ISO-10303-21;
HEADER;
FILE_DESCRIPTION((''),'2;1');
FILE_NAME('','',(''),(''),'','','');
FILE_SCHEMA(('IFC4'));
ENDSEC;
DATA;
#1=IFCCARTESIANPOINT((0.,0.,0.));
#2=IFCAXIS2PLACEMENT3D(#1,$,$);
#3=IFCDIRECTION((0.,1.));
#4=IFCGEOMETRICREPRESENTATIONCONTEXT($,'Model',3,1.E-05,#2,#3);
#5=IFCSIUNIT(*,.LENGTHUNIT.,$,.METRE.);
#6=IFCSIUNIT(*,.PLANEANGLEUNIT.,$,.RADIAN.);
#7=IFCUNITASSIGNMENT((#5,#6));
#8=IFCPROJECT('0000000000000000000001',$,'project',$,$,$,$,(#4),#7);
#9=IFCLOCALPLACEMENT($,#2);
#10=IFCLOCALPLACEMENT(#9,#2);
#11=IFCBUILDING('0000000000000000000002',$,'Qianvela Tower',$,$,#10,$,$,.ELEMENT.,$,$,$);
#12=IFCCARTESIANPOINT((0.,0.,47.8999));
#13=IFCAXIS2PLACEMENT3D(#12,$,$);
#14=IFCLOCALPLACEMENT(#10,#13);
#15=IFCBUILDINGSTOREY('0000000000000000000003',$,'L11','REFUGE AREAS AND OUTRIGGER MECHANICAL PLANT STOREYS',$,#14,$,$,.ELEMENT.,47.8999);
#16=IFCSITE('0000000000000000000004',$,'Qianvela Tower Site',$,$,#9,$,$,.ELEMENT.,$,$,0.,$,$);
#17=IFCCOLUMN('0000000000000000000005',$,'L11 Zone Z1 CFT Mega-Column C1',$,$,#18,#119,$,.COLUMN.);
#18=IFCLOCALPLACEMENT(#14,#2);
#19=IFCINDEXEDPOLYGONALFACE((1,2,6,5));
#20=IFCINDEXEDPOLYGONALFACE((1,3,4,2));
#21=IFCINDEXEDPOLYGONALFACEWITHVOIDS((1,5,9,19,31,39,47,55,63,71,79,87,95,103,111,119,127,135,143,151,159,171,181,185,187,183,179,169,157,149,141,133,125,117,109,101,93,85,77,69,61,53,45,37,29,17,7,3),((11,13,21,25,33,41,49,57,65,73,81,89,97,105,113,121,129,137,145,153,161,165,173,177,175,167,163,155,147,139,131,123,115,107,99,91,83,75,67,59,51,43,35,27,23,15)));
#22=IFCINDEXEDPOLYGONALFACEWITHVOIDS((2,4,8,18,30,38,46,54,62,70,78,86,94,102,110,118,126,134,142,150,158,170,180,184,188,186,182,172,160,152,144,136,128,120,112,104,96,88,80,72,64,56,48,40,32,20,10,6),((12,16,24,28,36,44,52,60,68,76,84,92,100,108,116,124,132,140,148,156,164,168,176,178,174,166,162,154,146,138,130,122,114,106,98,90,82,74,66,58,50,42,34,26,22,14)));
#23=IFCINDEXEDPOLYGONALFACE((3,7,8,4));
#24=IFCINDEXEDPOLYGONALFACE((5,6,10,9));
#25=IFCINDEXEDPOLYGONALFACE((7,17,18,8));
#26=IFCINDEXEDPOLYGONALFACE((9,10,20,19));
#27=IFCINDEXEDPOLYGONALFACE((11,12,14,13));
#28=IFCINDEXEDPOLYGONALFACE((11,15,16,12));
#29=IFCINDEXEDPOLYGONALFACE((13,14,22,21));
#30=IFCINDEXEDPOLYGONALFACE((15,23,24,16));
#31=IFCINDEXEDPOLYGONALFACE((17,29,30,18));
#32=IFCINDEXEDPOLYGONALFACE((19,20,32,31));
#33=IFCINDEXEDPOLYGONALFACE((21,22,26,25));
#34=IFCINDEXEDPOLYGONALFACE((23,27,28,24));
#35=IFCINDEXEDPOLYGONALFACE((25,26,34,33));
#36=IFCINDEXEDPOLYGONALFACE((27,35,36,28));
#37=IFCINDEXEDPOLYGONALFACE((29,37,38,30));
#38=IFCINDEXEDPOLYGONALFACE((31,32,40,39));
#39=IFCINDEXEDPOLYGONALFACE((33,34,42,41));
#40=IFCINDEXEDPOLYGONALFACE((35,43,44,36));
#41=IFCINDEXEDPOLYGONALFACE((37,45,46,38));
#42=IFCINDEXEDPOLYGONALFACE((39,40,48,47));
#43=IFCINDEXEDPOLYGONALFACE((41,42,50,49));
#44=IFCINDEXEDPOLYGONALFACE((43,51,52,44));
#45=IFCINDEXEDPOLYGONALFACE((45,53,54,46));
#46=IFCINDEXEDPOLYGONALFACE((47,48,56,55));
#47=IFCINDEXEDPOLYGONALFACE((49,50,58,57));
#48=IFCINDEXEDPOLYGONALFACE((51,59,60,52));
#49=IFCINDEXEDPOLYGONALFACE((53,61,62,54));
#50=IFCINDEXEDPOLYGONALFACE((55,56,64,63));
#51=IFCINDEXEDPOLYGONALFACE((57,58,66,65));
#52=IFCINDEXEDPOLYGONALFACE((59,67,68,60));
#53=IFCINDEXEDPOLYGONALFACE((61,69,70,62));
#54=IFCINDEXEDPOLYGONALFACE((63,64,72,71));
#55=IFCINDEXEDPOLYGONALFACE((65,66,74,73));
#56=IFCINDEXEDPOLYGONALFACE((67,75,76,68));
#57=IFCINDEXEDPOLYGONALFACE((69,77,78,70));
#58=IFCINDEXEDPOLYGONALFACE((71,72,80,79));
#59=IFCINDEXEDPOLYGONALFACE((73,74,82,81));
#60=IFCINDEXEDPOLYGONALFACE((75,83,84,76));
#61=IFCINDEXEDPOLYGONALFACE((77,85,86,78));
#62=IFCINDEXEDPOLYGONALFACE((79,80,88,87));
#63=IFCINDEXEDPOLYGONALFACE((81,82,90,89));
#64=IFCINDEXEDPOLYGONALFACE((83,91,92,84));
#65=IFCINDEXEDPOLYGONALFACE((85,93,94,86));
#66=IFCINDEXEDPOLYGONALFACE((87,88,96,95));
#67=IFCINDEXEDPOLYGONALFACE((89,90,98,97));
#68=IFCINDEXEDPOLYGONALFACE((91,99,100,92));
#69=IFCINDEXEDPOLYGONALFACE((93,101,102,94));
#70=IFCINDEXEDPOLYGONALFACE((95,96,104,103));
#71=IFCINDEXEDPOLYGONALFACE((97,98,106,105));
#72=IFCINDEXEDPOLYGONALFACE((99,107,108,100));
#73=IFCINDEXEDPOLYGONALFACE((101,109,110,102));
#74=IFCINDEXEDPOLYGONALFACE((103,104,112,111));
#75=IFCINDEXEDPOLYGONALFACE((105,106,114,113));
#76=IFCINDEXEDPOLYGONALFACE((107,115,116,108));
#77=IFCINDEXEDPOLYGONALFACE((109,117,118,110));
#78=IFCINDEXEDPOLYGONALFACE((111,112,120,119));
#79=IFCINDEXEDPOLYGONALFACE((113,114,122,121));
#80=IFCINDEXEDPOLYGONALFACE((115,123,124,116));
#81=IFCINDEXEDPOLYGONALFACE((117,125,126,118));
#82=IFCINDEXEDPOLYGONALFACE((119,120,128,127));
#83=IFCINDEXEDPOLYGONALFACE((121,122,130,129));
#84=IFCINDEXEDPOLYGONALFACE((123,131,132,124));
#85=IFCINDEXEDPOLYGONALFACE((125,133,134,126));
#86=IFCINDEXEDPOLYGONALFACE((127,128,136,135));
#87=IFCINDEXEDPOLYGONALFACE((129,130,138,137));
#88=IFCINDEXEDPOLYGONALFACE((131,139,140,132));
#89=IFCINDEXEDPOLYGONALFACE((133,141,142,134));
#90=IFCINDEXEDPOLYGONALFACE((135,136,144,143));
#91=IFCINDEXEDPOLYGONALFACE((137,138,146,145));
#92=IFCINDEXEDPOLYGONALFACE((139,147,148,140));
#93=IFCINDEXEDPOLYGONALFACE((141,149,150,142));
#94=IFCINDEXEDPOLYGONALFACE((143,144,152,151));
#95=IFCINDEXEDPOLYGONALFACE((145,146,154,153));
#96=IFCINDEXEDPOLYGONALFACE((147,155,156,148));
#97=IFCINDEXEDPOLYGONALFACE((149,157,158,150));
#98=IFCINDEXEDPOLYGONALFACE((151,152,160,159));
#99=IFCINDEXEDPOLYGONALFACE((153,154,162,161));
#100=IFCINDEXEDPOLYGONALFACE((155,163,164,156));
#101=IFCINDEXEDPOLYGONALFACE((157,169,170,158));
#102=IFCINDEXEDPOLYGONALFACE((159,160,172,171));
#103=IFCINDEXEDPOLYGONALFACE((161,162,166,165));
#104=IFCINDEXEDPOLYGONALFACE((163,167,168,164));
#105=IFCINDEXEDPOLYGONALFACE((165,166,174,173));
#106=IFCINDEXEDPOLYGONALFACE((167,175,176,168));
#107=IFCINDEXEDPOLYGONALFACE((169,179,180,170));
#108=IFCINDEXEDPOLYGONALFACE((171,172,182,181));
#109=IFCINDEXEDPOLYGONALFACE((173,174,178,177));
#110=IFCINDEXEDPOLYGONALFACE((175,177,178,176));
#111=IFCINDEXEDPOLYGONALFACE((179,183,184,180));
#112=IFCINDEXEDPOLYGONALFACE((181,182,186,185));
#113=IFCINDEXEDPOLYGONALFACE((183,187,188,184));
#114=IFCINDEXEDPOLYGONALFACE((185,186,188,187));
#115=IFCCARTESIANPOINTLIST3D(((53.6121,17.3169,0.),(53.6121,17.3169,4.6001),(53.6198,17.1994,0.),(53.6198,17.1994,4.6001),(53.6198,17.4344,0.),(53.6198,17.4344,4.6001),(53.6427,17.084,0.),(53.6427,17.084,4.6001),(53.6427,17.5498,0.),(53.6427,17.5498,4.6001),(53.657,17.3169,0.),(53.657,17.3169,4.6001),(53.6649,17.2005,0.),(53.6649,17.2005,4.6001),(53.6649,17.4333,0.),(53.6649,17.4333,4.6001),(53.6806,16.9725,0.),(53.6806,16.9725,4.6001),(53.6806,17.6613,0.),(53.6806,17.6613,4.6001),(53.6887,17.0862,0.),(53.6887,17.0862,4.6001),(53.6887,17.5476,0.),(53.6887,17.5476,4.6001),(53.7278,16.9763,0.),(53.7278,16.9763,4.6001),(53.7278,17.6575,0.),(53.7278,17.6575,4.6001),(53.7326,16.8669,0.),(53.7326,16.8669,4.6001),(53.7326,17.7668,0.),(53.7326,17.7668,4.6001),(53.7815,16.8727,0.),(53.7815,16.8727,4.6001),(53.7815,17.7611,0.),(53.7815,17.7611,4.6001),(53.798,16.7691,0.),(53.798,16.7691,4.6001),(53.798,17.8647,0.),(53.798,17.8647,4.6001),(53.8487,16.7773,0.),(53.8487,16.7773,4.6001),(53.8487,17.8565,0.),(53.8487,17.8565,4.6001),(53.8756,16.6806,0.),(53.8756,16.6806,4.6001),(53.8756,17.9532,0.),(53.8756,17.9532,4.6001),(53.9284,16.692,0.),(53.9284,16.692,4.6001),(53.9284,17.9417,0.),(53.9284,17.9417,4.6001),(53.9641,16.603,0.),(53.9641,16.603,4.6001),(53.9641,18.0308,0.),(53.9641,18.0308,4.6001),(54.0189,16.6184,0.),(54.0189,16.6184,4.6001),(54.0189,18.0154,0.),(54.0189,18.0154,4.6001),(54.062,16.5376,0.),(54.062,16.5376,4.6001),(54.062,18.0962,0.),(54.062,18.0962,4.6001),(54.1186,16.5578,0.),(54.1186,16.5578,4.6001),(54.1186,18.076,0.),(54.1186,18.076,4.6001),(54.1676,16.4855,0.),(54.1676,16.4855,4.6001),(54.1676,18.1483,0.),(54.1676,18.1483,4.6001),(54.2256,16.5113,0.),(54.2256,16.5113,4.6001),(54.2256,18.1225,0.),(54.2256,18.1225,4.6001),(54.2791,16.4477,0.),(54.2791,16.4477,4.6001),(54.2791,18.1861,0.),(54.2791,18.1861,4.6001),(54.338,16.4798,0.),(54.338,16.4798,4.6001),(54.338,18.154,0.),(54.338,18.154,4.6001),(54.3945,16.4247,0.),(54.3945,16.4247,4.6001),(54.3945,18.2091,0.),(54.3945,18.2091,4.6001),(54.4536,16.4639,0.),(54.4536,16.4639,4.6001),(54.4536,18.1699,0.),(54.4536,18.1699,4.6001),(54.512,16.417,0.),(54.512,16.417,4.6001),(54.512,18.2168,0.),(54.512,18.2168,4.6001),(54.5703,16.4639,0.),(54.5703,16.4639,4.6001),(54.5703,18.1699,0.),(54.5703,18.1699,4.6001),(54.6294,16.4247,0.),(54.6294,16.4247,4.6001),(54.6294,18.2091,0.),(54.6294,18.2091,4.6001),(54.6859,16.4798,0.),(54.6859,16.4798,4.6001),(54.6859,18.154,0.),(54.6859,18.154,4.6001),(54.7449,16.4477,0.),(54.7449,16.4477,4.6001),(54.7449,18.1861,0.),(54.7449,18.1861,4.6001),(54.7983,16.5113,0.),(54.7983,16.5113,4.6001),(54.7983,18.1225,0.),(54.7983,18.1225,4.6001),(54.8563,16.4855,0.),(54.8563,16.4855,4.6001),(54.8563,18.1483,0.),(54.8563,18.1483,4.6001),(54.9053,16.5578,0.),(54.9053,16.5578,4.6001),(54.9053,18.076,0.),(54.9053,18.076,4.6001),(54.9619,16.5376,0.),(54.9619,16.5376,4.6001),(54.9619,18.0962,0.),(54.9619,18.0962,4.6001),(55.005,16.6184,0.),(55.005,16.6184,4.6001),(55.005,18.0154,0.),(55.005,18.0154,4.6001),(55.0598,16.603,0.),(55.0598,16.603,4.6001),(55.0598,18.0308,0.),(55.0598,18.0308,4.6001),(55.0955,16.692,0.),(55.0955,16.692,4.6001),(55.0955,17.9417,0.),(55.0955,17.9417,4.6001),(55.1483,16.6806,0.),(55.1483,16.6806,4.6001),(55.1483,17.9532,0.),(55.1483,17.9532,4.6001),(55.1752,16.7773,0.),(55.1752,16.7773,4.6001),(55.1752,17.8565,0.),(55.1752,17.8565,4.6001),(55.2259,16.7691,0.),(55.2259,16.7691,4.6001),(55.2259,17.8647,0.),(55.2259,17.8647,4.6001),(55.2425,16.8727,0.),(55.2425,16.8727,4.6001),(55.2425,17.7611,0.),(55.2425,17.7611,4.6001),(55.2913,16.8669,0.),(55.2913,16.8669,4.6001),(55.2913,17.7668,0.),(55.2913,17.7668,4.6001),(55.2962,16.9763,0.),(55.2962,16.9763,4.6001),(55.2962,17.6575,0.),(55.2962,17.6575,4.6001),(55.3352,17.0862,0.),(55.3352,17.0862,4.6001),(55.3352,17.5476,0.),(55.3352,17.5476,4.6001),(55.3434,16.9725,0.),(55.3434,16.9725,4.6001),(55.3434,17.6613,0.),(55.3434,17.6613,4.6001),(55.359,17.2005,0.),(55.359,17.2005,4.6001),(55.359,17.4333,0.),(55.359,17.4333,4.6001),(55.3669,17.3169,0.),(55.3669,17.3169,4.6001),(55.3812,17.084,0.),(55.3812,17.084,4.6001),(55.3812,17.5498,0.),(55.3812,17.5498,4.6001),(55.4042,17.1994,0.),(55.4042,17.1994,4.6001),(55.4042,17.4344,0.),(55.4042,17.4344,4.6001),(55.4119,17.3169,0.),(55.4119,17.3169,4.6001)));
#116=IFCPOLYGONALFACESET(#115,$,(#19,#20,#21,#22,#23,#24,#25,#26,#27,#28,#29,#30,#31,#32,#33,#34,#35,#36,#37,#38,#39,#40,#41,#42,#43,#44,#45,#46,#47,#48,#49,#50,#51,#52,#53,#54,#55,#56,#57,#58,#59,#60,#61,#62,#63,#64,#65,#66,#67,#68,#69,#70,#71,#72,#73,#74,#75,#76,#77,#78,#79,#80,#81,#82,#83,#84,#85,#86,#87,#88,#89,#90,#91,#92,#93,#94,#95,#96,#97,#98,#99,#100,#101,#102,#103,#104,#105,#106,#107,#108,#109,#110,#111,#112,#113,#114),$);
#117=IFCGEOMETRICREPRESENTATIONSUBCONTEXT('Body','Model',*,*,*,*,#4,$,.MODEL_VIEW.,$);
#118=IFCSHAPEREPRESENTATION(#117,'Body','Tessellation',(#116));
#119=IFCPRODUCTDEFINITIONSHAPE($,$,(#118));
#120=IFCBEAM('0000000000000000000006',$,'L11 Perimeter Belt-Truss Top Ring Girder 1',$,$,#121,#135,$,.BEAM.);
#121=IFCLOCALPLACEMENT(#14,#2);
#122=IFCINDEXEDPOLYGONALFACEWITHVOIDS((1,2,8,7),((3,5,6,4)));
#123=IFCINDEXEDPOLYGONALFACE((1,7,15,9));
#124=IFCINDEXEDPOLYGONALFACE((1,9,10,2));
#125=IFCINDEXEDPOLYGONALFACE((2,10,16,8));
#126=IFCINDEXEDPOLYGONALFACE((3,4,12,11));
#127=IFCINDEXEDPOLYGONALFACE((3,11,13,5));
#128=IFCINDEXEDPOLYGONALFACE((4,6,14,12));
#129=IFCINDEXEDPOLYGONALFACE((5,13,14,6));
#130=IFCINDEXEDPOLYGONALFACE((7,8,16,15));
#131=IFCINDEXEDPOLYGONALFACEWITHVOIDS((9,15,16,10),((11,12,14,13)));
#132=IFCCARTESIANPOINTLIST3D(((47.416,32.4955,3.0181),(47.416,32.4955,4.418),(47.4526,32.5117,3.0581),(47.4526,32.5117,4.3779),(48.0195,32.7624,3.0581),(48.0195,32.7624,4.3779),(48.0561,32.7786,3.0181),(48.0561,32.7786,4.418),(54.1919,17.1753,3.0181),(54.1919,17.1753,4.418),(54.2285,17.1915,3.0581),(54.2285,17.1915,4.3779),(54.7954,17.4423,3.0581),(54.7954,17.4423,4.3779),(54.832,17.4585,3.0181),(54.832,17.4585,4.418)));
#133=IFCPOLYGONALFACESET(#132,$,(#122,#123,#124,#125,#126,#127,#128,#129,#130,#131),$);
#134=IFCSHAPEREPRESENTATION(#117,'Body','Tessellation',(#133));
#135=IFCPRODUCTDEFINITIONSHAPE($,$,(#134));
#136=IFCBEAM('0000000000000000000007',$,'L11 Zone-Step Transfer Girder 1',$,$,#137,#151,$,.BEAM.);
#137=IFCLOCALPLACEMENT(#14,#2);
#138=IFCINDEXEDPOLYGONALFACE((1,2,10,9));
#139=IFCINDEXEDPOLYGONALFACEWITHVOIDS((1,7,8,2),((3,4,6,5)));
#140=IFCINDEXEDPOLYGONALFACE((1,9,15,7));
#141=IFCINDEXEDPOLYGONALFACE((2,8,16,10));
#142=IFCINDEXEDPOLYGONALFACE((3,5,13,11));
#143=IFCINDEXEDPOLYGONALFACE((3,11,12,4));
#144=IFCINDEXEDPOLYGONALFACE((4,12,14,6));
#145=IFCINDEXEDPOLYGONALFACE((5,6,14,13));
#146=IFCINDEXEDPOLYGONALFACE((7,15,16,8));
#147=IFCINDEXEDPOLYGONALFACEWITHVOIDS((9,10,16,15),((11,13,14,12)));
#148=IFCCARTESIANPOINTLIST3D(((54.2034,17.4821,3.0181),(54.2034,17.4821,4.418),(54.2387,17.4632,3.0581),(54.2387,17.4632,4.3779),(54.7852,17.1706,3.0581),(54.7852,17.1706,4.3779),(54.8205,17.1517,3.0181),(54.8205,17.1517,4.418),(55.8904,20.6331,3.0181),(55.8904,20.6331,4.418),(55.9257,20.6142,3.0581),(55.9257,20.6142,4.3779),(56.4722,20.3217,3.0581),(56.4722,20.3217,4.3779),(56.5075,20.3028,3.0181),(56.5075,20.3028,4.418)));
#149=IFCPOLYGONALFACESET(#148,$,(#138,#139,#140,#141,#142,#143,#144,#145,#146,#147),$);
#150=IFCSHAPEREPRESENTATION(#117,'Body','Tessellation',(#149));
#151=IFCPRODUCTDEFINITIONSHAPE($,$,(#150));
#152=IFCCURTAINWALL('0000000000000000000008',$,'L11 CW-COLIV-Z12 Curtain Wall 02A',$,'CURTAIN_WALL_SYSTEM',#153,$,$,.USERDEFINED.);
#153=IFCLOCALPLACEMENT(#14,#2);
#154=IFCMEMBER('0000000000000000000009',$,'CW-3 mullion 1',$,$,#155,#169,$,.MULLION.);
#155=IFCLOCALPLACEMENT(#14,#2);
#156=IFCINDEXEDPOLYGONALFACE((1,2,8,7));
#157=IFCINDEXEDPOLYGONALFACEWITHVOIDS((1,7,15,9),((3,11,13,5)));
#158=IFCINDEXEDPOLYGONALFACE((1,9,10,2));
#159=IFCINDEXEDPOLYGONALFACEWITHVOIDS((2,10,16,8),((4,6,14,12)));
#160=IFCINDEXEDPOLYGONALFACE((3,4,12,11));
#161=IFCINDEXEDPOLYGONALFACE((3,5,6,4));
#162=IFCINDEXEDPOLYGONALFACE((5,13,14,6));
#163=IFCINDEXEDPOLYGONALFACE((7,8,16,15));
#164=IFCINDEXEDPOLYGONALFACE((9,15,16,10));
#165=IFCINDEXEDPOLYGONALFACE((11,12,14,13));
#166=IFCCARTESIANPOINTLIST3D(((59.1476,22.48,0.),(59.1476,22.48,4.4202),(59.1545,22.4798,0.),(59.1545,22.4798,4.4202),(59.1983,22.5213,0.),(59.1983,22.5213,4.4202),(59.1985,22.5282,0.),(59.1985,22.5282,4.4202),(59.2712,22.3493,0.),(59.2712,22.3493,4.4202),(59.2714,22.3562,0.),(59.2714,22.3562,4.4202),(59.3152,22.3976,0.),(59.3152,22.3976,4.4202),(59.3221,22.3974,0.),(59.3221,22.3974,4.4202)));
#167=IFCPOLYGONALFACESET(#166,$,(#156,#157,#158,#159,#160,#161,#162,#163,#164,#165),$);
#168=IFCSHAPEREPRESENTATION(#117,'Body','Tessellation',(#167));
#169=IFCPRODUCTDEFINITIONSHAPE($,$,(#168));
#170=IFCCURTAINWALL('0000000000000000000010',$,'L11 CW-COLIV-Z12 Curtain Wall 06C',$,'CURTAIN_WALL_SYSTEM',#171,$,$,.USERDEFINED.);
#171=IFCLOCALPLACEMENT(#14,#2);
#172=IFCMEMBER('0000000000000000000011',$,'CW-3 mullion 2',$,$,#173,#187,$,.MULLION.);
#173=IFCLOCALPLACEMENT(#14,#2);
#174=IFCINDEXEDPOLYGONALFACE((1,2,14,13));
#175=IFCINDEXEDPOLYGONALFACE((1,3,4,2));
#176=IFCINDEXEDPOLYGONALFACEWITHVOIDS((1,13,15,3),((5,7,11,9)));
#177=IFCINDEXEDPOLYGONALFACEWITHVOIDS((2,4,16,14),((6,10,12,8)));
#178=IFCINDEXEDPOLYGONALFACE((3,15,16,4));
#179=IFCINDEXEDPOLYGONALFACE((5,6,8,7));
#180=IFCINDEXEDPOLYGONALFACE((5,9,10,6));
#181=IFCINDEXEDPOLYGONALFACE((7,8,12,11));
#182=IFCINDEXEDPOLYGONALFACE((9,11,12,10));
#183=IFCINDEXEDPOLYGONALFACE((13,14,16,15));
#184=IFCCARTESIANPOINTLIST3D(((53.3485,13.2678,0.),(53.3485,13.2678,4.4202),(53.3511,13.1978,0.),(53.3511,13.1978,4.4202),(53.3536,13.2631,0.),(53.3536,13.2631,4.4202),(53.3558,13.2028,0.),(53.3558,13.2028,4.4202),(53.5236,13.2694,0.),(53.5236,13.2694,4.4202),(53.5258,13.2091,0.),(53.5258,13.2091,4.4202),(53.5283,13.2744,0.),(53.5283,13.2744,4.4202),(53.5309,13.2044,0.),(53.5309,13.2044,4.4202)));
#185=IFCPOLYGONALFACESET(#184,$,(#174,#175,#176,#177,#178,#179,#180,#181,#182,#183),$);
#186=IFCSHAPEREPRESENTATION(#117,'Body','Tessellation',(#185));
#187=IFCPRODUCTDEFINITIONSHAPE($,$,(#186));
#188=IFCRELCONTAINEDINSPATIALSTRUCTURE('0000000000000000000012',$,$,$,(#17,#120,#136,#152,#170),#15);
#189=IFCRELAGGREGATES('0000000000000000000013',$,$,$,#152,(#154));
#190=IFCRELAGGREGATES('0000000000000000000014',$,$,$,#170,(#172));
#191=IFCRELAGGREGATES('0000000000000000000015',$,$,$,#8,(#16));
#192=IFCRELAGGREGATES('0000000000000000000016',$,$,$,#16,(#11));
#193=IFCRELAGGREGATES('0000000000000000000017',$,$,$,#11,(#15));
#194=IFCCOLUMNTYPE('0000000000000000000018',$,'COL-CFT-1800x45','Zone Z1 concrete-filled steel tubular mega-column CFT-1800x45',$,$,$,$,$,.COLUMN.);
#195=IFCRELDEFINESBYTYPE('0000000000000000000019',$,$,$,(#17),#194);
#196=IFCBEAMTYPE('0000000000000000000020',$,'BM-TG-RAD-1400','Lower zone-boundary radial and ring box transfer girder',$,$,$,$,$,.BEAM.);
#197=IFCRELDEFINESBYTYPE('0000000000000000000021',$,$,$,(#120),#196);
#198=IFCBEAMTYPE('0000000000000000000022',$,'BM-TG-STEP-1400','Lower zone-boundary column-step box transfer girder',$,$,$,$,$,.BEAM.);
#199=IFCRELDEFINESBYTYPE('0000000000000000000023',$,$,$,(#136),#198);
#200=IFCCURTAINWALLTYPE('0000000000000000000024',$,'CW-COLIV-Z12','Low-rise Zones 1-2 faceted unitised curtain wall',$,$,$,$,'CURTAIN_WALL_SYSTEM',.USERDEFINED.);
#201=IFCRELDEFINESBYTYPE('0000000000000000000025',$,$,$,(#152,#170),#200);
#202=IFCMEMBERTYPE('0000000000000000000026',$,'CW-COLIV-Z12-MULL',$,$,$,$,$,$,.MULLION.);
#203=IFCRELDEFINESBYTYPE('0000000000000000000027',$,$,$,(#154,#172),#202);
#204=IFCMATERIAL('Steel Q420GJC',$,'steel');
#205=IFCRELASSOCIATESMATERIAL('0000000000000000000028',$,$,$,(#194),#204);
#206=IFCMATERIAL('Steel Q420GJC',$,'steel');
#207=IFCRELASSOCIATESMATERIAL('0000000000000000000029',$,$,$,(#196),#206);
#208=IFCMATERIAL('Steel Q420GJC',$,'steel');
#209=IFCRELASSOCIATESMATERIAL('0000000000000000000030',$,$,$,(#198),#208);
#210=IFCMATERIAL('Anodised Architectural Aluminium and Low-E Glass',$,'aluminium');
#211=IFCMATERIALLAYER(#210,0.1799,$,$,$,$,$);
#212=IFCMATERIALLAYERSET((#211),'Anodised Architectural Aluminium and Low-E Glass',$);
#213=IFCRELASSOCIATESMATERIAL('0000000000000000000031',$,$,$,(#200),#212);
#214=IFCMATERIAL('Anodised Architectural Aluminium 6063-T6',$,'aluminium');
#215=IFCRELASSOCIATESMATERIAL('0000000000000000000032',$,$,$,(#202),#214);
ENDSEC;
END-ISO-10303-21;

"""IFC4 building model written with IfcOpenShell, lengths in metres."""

from ifc_helpers import new_model, si_unit, direction, frame, origin, origin_2d, place, context, subcontext, project, spatial, hollow_rectangle, hollow_circle, extrude, material, layer, layer_set, material_profile, profile_set, type_object, element, aggregate, save


model = new_model("IFC4")

# Units and contexts
model_context = context("Model", 3, precision=1e-05, world=origin(), true_north=direction((0.0, 1.0)))
body_context = subcontext(model_context, "Body", "Model", "MODEL_VIEW")
ifc_project = project(units=[si_unit("LENGTHUNIT", "METRE"), si_unit("PLANEANGLEUNIT", "RADIAN")], contexts=[model_context])

# Site, building, storey
site_placement = place(None, origin())
site = spatial("IfcSite", under=ifc_project, at=site_placement, Name="Qianvela Tower Site", CompositionType="ELEMENT", RefElevation=0.0)
building_placement = place(site_placement, origin())
building = spatial("IfcBuilding", under=site, at=building_placement, Name="Qianvela Tower", CompositionType="ELEMENT")
storey_placement = place(building_placement, frame((0.0, 0.0, 47.8999)))
storey = spatial("IfcBuildingStorey", under=building, at=storey_placement, Name="L11", Description="REFUGE AREAS AND OUTRIGGER MECHANICAL PLANT STOREYS", CompositionType="ELEMENT", Elevation=47.8999)

# Column
ifc_material_1 = material(Name="Steel Q420GJC", Category="steel")
ifc_material_profile_1 = material_profile(ifc_material_1, hollow_circle(Radius=0.8999, WallThickness=0.0449, at=origin_2d()), Name="CFT-1800x45")
ifc_profile_set_1 = profile_set([ifc_material_profile_1], Name="Steel Q420GJC")
column_type = type_object("IfcColumnType", Name="COL-CFT-1800x45", Description="Zone Z1 concrete-filled steel tubular mega-column CFT-1800x45", PredefinedType="COLUMN", material=ifc_profile_set_1)
column_placement = place(storey_placement, frame((54.512, 17.3169, 0.0), z_axis=(0.0, 0.0, 1.0), x_axis=(1.0, 0.0, 0.0)))
element("IfcColumn", 1, at=column_placement, inside=storey, type_object=column_type, Name="L11 Zone Z1 CFT Mega-Column C1", PredefinedType="COLUMN", context=body_context, shape_type="SweptSolid", body=[
    extrude(hollow_circle(Radius=0.8999, WallThickness=0.0449, at=origin_2d()), origin(), (0.0, 0.0, 1.0), 4.6001),
])

# Beams
ifc_material_2 = material(Name="Steel Q420GJC", Category="steel")
ifc_material_profile_2 = material_profile(ifc_material_2, hollow_rectangle(XDim=0.7, YDim=1.3999, WallThickness=0.04, at=origin_2d()), Name="TG-BOX-1400x700x40")
ifc_profile_set_2 = profile_set([ifc_material_profile_2], Name="Steel Q420GJC")
beam_type_1 = type_object("IfcBeamType", Name="BM-TG-RAD-1400", Description="Lower zone-boundary radial and ring box transfer girder", PredefinedType="BEAM", material=ifc_profile_set_2)
beam_1_placement = place(storey_placement, frame((54.512, 17.3169, 3.718), z_axis=(-0.404491, 0.914542, 0.0), x_axis=(-0.914542, -0.404491, 0.0)))
element("IfcBeam", 2, at=beam_1_placement, inside=storey, type_object=beam_type_1, Name="L11 Perimeter Belt-Truss Top Ring Girder 1", PredefinedType="BEAM", context=body_context, shape_type="SweptSolid", body=[
    extrude(hollow_rectangle(XDim=0.7, YDim=1.3999, WallThickness=0.04, at=origin_2d()), origin(), (0.0, 0.0, 1.0), 16.7517),
])
ifc_material_3 = material(Name="Steel Q420GJC", Category="steel")
ifc_material_profile_3 = material_profile(ifc_material_3, hollow_rectangle(XDim=0.7, YDim=1.3999, WallThickness=0.04, at=origin_2d()), Name="TG-BOX-1400x700x40")
ifc_profile_set_3 = profile_set([ifc_material_profile_3], Name="Steel Q420GJC")
beam_type_2 = type_object("IfcBeamType", Name="BM-TG-STEP-1400", Description="Lower zone-boundary column-step box transfer girder", PredefinedType="BEAM", material=ifc_profile_set_3)
beam_2_placement = place(storey_placement, frame((54.512, 17.3169, 3.718), z_axis=(0.471984, 0.881607, 0.0), x_axis=(-0.881607, 0.471984, 0.0)))
element("IfcBeam", 3, at=beam_2_placement, inside=storey, type_object=beam_type_2, Name="L11 Zone-Step Transfer Girder 1", PredefinedType="BEAM", context=body_context, shape_type="SweptSolid", body=[
    extrude(hollow_rectangle(XDim=0.7, YDim=1.3999, WallThickness=0.04, at=origin_2d()), origin(), (0.0, 0.0, 1.0), 3.5742),
])

# Curtain walls, members
ifc_material_4 = material(Name="Anodised Architectural Aluminium and Low-E Glass", Category="aluminium")
ifc_layer_1 = layer(ifc_material_4, 0.1799)
ifc_layer_set_1 = layer_set([ifc_layer_1], Name="Anodised Architectural Aluminium and Low-E Glass")
curtain_wall_type = type_object("IfcCurtainWallType", Name="CW-COLIV-Z12", Description="Low-rise Zones 1-2 faceted unitised curtain wall", ElementType="CURTAIN_WALL_SYSTEM", PredefinedType="USERDEFINED", material=ifc_layer_set_1)
curtain_wall_1_placement = place(storey_placement, origin())
curtain_wall_1 = element("IfcCurtainWall", 4, at=curtain_wall_1_placement, inside=storey, type_object=curtain_wall_type, Name="L11 CW-COLIV-Z12 Curtain Wall 02A", ObjectType="CURTAIN_WALL_SYSTEM", PredefinedType="USERDEFINED")
ifc_material_5 = material(Name="Anodised Architectural Aluminium 6063-T6", Category="aluminium")
ifc_material_profile_4 = material_profile(ifc_material_5, hollow_rectangle(XDim=0.0701, YDim=0.1799, WallThickness=0.0049, at=origin_2d()), Name="ALU-MULL-70x180")
ifc_profile_set_4 = profile_set([ifc_material_profile_4], Name="Anodised Architectural Aluminium 6063-T6")
member_type_1 = type_object("IfcMemberType", Name="CW-COLIV-Z12-MULL", PredefinedType="MULLION", material=ifc_profile_set_4)
member_1_placement = place(storey_placement, frame((59.2349, 22.4387, 0.0), z_axis=(0.0, 0.0, 1.0), x_axis=(-0.726493, -0.687174, 0.0)))
member_1 = element("IfcMember", 5, at=member_1_placement, type_object=member_type_1, Name="CW-3 mullion 1", PredefinedType="MULLION", context=body_context, shape_type="SweptSolid", body=[
    extrude(hollow_rectangle(XDim=0.0701, YDim=0.1799, WallThickness=0.0049, at=origin_2d()), origin(), (0.0, 0.0, 1.0), 4.4202),
])
curtain_wall_2_placement = place(storey_placement, origin())
curtain_wall_2 = element("IfcCurtainWall", 6, at=curtain_wall_2_placement, inside=storey, type_object=curtain_wall_type, Name="L11 CW-COLIV-Z12 Curtain Wall 06C", ObjectType="CURTAIN_WALL_SYSTEM", PredefinedType="USERDEFINED")
member_2_placement = place(storey_placement, frame((53.4397, 13.2361, 0.0), z_axis=(0.0, 0.0, 1.0), x_axis=(-0.036875, 0.99932, 0.0)))
member_2 = element("IfcMember", 7, at=member_2_placement, type_object=member_type_1, Name="CW-3 mullion 2", PredefinedType="MULLION", context=body_context, shape_type="SweptSolid", body=[
    extrude(hollow_rectangle(XDim=0.0701, YDim=0.1799, WallThickness=0.0049, at=origin_2d()), origin(), (0.0, 0.0, 1.0), 4.4202),
])

aggregate(curtain_wall_1, [member_1])
aggregate(curtain_wall_2, [member_2])

save(model, "model.ifc")
